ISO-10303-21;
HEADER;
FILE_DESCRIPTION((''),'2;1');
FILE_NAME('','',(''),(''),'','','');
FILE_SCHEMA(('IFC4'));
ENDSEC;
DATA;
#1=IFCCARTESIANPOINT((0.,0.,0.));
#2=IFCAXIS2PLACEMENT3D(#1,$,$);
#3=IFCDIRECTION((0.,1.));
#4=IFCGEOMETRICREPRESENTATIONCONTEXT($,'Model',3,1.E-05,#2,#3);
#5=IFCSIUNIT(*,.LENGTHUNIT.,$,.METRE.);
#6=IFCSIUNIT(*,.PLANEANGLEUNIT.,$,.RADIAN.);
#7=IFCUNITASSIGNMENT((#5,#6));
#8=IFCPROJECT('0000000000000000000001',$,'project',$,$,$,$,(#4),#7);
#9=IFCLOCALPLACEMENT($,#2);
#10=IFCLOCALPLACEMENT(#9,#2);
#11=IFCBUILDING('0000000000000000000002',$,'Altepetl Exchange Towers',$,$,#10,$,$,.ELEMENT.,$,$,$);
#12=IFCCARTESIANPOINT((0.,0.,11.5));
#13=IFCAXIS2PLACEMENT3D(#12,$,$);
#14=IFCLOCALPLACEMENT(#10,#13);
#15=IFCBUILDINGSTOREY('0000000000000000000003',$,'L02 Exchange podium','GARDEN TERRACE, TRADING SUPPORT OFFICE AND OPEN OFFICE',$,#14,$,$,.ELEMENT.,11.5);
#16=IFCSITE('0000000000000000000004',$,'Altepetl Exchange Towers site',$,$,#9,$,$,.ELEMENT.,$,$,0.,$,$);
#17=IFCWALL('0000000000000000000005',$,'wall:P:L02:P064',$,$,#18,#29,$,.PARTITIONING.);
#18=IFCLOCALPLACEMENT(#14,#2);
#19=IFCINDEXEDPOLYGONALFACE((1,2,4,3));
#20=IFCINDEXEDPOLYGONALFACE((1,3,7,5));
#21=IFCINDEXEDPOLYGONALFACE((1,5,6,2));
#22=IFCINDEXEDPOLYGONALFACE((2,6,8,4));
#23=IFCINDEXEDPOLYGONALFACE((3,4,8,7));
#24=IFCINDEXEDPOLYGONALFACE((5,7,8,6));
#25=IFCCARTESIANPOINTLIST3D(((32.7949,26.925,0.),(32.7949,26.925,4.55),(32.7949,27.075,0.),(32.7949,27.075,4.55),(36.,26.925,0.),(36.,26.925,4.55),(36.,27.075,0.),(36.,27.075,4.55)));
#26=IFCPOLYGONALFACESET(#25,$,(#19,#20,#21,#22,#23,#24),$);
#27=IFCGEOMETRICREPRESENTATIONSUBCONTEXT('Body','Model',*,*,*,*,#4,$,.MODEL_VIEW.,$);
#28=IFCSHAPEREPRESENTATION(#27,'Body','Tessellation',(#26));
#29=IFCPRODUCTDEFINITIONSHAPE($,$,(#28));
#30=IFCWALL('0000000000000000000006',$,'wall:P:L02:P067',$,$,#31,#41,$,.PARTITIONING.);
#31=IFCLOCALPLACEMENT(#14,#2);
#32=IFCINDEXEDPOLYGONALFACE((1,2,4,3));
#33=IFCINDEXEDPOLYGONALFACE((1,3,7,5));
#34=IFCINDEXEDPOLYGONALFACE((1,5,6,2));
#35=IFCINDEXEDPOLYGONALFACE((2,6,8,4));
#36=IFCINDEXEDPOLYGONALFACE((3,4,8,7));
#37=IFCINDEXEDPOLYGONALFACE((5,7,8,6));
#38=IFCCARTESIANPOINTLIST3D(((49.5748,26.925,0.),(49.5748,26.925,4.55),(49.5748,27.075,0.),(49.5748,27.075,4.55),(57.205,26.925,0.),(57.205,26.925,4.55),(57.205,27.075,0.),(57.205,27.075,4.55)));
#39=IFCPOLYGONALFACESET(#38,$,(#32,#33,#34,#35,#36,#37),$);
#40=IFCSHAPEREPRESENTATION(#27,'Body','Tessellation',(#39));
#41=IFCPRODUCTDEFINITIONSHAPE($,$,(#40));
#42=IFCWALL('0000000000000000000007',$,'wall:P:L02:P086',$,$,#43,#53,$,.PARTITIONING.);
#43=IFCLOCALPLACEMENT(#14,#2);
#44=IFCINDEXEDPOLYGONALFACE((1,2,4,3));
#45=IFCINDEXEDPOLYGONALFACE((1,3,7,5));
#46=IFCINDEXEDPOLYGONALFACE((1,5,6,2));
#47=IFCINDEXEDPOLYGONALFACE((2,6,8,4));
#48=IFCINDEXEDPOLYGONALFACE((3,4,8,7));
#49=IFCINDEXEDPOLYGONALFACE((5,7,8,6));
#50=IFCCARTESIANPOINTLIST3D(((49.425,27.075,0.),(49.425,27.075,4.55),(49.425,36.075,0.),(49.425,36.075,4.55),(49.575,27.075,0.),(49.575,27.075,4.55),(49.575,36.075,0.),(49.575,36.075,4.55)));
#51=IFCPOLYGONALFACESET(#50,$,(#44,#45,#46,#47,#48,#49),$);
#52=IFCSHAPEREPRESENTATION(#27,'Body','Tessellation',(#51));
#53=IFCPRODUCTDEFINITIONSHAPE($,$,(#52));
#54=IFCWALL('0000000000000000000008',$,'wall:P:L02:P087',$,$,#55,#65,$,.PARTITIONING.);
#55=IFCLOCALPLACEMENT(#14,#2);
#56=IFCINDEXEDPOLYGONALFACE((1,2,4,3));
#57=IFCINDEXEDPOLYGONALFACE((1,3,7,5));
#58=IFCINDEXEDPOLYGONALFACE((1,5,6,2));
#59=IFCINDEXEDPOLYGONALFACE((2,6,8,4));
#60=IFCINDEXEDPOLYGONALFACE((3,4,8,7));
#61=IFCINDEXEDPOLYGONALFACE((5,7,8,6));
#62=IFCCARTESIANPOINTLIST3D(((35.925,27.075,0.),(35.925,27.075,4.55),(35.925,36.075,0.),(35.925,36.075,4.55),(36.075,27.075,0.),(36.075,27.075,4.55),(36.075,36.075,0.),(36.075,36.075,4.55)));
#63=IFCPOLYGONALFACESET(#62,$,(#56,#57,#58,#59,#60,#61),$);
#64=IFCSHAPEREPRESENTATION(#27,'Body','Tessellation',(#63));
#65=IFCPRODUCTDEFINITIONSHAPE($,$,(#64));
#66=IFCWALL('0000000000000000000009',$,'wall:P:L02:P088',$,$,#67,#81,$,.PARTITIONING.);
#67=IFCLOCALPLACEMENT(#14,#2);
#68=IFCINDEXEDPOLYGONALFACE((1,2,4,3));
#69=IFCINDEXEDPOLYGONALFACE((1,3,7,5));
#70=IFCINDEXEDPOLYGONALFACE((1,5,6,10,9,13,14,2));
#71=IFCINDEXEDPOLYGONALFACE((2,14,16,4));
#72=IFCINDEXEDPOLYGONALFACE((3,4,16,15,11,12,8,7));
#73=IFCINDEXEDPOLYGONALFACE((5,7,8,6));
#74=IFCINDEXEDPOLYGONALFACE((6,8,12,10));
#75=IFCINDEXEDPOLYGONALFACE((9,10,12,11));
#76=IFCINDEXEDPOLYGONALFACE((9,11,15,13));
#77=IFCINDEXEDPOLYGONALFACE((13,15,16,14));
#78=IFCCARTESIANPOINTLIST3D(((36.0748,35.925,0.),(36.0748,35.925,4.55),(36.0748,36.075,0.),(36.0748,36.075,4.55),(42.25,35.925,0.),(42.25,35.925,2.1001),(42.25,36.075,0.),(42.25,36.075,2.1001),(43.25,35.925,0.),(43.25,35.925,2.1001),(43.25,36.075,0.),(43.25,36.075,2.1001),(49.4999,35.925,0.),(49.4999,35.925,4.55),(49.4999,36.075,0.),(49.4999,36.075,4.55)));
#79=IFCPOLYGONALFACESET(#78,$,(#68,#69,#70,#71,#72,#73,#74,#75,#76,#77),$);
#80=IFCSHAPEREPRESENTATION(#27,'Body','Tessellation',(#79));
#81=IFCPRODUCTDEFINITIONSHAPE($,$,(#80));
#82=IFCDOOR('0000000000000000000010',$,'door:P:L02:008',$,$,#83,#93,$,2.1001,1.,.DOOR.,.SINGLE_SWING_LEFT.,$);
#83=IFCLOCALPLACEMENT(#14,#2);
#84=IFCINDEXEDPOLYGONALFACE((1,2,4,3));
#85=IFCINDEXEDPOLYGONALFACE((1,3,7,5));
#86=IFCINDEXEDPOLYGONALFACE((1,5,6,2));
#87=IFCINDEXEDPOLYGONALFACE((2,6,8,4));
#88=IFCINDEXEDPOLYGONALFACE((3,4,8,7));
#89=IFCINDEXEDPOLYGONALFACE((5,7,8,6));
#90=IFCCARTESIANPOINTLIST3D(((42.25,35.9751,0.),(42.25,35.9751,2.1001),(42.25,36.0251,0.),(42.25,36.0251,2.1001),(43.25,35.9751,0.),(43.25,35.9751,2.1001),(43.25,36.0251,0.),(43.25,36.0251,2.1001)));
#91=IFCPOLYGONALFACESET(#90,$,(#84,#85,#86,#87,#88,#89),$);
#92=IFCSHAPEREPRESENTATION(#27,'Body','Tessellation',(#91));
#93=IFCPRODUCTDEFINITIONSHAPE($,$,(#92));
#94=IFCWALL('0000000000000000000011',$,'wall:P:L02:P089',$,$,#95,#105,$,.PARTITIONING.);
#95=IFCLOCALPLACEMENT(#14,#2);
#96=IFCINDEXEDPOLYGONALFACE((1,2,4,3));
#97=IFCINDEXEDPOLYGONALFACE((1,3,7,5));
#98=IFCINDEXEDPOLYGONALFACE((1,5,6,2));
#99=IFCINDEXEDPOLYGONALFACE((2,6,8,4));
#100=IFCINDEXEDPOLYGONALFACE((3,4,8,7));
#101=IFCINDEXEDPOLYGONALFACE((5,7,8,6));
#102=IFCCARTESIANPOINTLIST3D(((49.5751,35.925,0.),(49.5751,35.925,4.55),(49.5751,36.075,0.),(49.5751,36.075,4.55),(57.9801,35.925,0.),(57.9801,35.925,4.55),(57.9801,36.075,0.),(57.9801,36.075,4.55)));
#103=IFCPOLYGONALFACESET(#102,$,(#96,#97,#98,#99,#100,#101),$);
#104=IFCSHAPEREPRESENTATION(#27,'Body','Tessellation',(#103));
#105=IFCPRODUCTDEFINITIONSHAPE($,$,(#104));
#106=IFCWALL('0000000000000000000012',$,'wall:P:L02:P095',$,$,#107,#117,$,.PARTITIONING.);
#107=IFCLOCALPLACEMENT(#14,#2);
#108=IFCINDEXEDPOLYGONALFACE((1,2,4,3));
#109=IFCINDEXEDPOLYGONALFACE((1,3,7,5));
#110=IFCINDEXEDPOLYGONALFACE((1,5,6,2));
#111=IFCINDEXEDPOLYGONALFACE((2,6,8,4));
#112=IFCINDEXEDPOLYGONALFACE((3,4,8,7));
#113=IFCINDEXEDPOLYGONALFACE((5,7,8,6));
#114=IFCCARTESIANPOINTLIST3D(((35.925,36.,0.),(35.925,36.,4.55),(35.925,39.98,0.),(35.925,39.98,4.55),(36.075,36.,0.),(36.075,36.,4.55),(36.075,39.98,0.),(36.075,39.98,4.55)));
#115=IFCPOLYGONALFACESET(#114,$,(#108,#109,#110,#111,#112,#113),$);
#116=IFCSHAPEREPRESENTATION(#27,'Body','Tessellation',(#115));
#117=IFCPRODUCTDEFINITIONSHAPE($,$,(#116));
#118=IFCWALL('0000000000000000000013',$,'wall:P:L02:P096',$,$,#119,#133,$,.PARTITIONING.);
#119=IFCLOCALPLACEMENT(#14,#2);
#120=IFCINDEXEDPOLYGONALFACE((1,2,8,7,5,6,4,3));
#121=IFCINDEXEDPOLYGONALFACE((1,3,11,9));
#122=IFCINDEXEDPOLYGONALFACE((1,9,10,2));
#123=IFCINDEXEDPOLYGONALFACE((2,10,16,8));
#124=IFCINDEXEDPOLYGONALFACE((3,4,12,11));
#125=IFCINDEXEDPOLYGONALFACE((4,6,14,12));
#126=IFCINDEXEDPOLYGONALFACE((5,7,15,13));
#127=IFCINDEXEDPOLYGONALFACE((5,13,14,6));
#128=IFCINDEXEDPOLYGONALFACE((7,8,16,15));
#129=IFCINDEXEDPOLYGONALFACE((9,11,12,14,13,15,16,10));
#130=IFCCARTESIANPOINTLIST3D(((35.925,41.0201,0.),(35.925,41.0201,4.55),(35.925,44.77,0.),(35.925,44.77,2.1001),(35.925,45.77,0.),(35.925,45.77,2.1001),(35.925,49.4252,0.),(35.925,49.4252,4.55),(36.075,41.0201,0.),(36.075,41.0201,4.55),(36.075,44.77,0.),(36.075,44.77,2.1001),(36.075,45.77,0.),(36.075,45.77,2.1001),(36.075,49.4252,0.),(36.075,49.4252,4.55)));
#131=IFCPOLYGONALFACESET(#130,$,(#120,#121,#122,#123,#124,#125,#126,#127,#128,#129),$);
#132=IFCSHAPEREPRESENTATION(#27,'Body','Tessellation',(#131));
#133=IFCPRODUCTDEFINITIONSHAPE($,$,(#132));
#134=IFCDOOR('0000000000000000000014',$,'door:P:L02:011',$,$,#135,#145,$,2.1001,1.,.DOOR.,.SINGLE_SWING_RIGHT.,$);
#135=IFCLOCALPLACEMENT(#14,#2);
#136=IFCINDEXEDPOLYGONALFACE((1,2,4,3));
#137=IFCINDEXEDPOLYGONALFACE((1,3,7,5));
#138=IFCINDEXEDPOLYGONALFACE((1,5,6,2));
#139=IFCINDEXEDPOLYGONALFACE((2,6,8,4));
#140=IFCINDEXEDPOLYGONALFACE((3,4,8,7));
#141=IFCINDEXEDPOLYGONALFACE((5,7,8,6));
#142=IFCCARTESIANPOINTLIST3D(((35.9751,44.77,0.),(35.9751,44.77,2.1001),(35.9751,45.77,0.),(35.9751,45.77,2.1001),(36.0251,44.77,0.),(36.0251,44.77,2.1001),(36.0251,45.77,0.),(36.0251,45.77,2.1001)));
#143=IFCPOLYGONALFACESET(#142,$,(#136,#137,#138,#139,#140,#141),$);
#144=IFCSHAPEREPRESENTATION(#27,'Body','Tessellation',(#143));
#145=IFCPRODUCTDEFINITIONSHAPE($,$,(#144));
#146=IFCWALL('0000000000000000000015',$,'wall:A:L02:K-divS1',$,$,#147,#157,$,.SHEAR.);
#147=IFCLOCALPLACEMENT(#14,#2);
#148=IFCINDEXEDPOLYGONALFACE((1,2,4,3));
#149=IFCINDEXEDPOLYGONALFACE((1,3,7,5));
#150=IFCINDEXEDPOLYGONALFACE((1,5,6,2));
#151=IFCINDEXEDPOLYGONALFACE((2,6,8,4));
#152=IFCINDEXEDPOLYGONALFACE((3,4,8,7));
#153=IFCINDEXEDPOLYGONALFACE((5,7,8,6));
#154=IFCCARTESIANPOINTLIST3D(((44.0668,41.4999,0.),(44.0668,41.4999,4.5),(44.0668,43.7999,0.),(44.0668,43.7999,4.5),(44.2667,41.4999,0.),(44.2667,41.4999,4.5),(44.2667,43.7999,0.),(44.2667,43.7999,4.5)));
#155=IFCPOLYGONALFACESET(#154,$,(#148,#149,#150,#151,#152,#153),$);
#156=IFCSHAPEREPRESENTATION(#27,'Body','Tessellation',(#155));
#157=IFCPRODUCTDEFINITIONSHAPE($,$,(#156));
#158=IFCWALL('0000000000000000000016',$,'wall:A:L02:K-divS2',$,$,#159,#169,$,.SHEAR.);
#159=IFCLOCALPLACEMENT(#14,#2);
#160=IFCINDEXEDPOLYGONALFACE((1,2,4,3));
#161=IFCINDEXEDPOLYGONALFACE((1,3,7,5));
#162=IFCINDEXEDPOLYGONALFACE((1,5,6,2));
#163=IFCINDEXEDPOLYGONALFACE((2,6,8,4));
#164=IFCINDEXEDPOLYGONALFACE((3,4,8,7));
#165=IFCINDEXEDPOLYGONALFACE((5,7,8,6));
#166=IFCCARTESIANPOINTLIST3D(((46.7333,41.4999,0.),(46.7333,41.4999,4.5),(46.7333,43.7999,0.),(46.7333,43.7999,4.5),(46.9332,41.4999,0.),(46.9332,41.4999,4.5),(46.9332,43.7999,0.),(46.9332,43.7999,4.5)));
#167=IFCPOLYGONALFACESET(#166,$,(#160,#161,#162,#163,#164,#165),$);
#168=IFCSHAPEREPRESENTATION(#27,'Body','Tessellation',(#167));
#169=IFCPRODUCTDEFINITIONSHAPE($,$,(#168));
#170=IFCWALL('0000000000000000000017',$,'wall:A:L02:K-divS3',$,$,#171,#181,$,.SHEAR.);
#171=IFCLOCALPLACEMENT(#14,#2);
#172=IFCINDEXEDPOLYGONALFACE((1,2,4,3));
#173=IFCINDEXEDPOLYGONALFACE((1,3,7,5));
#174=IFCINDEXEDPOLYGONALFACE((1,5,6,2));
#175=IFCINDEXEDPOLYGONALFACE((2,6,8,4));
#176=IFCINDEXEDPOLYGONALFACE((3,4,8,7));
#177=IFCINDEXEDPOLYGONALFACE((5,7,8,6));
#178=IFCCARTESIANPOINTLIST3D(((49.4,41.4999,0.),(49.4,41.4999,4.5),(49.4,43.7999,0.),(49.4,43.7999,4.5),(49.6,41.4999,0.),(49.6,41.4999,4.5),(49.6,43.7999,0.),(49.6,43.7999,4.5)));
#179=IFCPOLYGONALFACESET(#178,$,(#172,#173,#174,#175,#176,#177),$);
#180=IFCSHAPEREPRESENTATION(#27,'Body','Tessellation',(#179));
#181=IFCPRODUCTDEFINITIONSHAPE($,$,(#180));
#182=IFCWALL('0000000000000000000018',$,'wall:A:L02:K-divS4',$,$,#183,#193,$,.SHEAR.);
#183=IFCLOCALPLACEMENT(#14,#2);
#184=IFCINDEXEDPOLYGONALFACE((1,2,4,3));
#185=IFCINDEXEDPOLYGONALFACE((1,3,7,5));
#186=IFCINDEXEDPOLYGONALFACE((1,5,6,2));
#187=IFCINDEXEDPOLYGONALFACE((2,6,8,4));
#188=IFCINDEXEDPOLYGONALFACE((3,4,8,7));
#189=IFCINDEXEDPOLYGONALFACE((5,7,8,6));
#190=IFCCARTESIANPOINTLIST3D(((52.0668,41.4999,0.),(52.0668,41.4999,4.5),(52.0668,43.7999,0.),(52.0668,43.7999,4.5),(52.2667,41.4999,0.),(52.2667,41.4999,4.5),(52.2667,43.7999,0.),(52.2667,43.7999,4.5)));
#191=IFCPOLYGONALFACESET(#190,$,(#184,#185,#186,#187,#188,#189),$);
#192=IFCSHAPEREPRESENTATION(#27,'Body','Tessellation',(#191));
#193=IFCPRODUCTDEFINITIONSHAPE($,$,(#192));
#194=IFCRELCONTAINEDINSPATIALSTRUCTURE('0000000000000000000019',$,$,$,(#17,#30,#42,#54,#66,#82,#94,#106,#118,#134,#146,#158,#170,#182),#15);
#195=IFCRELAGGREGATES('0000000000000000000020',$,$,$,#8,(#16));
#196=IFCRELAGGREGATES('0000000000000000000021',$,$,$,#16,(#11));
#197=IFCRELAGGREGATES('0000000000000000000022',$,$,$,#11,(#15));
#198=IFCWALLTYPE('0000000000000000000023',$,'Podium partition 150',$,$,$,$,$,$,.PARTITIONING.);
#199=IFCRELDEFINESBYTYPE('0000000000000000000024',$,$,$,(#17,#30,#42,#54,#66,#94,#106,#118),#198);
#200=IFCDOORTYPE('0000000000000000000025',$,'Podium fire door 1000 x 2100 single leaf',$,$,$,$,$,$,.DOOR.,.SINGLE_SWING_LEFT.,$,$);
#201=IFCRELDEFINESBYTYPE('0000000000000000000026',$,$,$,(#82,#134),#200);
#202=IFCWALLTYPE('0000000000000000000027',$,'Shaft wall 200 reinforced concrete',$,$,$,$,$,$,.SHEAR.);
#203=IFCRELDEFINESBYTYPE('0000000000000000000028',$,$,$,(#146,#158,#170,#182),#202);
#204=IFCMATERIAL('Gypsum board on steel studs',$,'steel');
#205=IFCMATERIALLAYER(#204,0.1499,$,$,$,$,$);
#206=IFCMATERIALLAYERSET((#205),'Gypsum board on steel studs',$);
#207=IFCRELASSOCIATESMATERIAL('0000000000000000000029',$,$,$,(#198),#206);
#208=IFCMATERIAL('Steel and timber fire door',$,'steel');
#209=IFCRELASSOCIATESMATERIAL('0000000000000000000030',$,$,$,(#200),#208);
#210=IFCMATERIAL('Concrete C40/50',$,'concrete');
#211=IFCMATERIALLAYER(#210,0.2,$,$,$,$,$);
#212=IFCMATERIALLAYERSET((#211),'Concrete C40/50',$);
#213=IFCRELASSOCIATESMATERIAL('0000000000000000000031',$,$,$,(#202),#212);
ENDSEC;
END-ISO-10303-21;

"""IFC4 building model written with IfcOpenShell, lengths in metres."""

from ifc_helpers import new_model, si_unit, direction, frame, frame_2d, origin, place, context, subcontext, project, spatial, rectangle, extrude, material, layer, layer_set, type_object, element, fill, save


model = new_model("IFC4")

# Units and contexts
model_context = context("Model", 3, precision=1e-05, world=origin(), true_north=direction((0.0, 1.0)))
body_context = subcontext(model_context, "Body", "Model", "MODEL_VIEW")
ifc_project = project(units=[si_unit("LENGTHUNIT", "METRE"), si_unit("PLANEANGLEUNIT", "RADIAN")], contexts=[model_context])

# Site, building, storey
site_placement = place(None, origin())
site = spatial("IfcSite", under=ifc_project, at=site_placement, Name="Altepetl Exchange Towers site", CompositionType="ELEMENT", RefElevation=0.0)
building_placement = place(site_placement, origin())
building = spatial("IfcBuilding", under=site, at=building_placement, Name="Altepetl Exchange Towers", CompositionType="ELEMENT")
storey_placement = place(building_placement, frame((0.0, 0.0, 11.5)))
storey = spatial("IfcBuildingStorey", under=building, at=storey_placement, Name="L02 Exchange podium", Description="GARDEN TERRACE, TRADING SUPPORT OFFICE AND OPEN OFFICE", CompositionType="ELEMENT", Elevation=11.5)

# Shared definitions
ifc_material_1 = material(Name="Steel and timber fire door", Category="steel")

# Walls
ifc_material_2 = material(Name="Gypsum board on steel studs", Category="steel")
ifc_layer_1 = layer(ifc_material_2, 0.1499)
ifc_layer_set_1 = layer_set([ifc_layer_1], Name="Gypsum board on steel studs")
wall_type_1 = type_object("IfcWallType", Name="Podium partition 150", PredefinedType="PARTITIONING", material=ifc_layer_set_1)
wall_1_placement = place(storey_placement, frame((32.7949, 27.0, 0.0)))
element("IfcWall", 1, at=wall_1_placement, inside=storey, type_object=wall_type_1, Name="wall:P:L02:P064", PredefinedType="PARTITIONING", context=body_context, shape_type="SweptSolid", body=[
    extrude(rectangle(XDim=3.2051, YDim=0.1499, at=frame_2d((1.6025, 0.0))), origin(), (0.0, 0.0, 1.0), 4.55),
])
wall_2_placement = place(storey_placement, frame((49.575, 27.0, 0.0)))
element("IfcWall", 2, at=wall_2_placement, inside=storey, type_object=wall_type_1, Name="wall:P:L02:P067", PredefinedType="PARTITIONING", context=body_context, shape_type="SweptSolid", body=[
    extrude(rectangle(XDim=7.6301, YDim=0.1499, at=frame_2d((3.8149, 0.0))), origin(), (0.0, 0.0, 1.0), 4.55),
])
for number, where, z_axis, x_axis, name in (
    (3, (49.5, 27.075, 0.0), (0.0, 0.0, 1.0), (0.0, 1.0, 0.0), "wall:P:L02:P086"),
    (4, (36.0, 27.075, 0.0), (0.0, 0.0, 1.0), (0.0, 1.0, 0.0), "wall:P:L02:P087"),
):
    element("IfcWall", number, at=place(storey_placement, frame(where, z_axis=z_axis, x_axis=x_axis)), inside=storey, type_object=wall_type_1, Name=name, PredefinedType="PARTITIONING", context=body_context, shape_type="SweptSolid", body=[
        extrude(rectangle(XDim=9.0, YDim=0.1499, at=frame_2d((4.5, 0.0))), origin(), (0.0, 0.0, 1.0), 4.55),
    ])

# Wall, opening, door
wall_3_placement = place(storey_placement, frame((36.075, 36.0, 0.0)))
wall_3 = element("IfcWall", 5, at=wall_3_placement, inside=storey, type_object=wall_type_1, Name="wall:P:L02:P088", PredefinedType="PARTITIONING", context=body_context, shape_type="SweptSolid", body=[
    extrude(rectangle(XDim=13.425, YDim=0.1499, at=frame_2d((6.7124, 0.0))), origin(), (0.0, 0.0, 1.0), 4.55),
])
opening_1_placement = place(wall_3_placement, frame((6.175, 0.0, 0.0)))
opening_1 = element("IfcOpeningElement", 6, at=opening_1_placement, cuts=wall_3, PredefinedType="OPENING", context=body_context, shape_type="SweptSolid", body=[
    extrude(rectangle(XDim=1.0, YDim=2.1001, at=frame_2d((0.5, 1.05))), frame((0.0, 0.085, 0.0), z_axis=(0.0, -1.0, 0.0), x_axis=(1.0, 0.0, 0.0)), (0.0, 0.0, 1.0), 0.1699),
])
door_type_1 = type_object("IfcDoorType", Name="Podium fire door 1000 x 2100 single leaf", OperationType="SINGLE_SWING_LEFT", PredefinedType="DOOR", material=ifc_material_1)
door_1_placement = place(opening_1_placement, frame((1.0, 0.0, 0.0), x_axis=(-1.0, 0.0, 0.0)))
door_1 = element("IfcDoor", 7, at=door_1_placement, inside=storey, type_object=door_type_1, Name="door:P:L02:008", OperationType="SINGLE_SWING_LEFT", OverallHeight=2.1001, OverallWidth=1.0, PredefinedType="DOOR", context=body_context, shape_type="SweptSolid", body=[
    extrude(rectangle(XDim=1.0, YDim=2.1001, at=frame_2d((0.5, 1.05))), frame((0.0, 0.0249, 0.0), z_axis=(0.0, -1.0, 0.0), x_axis=(1.0, 0.0, 0.0)), (0.0, 0.0, 1.0), 0.05),
])
fill(opening_1, door_1)

# Walls
wall_4_placement = place(storey_placement, frame((49.575, 36.0, 0.0)))
element("IfcWall", 8, at=wall_4_placement, inside=storey, type_object=wall_type_1, Name="wall:P:L02:P089", PredefinedType="PARTITIONING", context=body_context, shape_type="SweptSolid", body=[
    extrude(rectangle(XDim=8.405, YDim=0.1499, at=frame_2d((4.2026, 0.0))), origin(), (0.0, 0.0, 1.0), 4.55),
])
wall_5_placement = place(storey_placement, frame((36.0, 36.0, 0.0), z_axis=(0.0, 0.0, 1.0), x_axis=(0.0, 1.0, 0.0)))
element("IfcWall", 9, at=wall_5_placement, inside=storey, type_object=wall_type_1, Name="wall:P:L02:P095", PredefinedType="PARTITIONING", context=body_context, shape_type="SweptSolid", body=[
    extrude(rectangle(XDim=3.98, YDim=0.1499, at=frame_2d((1.99, 0.0))), origin(), (0.0, 0.0, 1.0), 4.55),
])

# Wall, opening, door
wall_6_placement = place(storey_placement, frame((36.0, 41.02, 0.0), z_axis=(0.0, 0.0, 1.0), x_axis=(0.0, 1.0, 0.0)))
wall_6 = element("IfcWall", 10, at=wall_6_placement, inside=storey, type_object=wall_type_1, Name="wall:P:L02:P096", PredefinedType="PARTITIONING", context=body_context, shape_type="SweptSolid", body=[
    extrude(rectangle(XDim=8.405, YDim=0.1499, at=frame_2d((4.2026, 0.0))), origin(), (0.0, 0.0, 1.0), 4.55),
])
opening_2_placement = place(wall_6_placement, frame((3.75, 0.0, 0.0)))
opening_2 = element("IfcOpeningElement", 11, at=opening_2_placement, cuts=wall_6, PredefinedType="OPENING", context=body_context, shape_type="SweptSolid", body=[
    extrude(rectangle(XDim=1.0, YDim=2.1001, at=frame_2d((0.5, 1.05))), frame((0.0, 0.085, 0.0), z_axis=(0.0, -1.0, 0.0), x_axis=(1.0, 0.0, 0.0)), (0.0, 0.0, 1.0), 0.1699),
])
door_2_placement = place(opening_2_placement, origin())
door_2 = element("IfcDoor", 12, at=door_2_placement, inside=storey, type_object=door_type_1, Name="door:P:L02:011", OperationType="SINGLE_SWING_RIGHT", OverallHeight=2.1001, OverallWidth=1.0, PredefinedType="DOOR", context=body_context, shape_type="SweptSolid", body=[
    extrude(rectangle(XDim=1.0, YDim=2.1001, at=frame_2d((0.5, 1.05))), frame((0.0, 0.0249, 0.0), z_axis=(0.0, -1.0, 0.0), x_axis=(1.0, 0.0, 0.0)), (0.0, 0.0, 1.0), 0.05),
])
fill(opening_2, door_2)

# Walls
ifc_material_3 = material(Name="Concrete C40/50", Category="concrete")
ifc_layer_2 = layer(ifc_material_3, 0.2)
ifc_layer_set_2 = layer_set([ifc_layer_2], Name="Concrete C40/50")
wall_type_2 = type_object("IfcWallType", Name="Shaft wall 200 reinforced concrete", PredefinedType="SHEAR", material=ifc_layer_set_2)
for number, where, z_axis, x_axis, name in (
    (13, (44.1667, 41.5, 0.0), (0.0, 0.0, 1.0), (0.0, 1.0, 0.0), "wall:A:L02:K-divS1"),
    (14, (46.8333, 41.5, 0.0), (0.0, 0.0, 1.0), (0.0, 1.0, 0.0), "wall:A:L02:K-divS2"),
    (15, (49.5, 41.5, 0.0), (0.0, 0.0, 1.0), (0.0, 1.0, 0.0), "wall:A:L02:K-divS3"),
    (16, (52.1667, 41.5, 0.0), (0.0, 0.0, 1.0), (0.0, 1.0, 0.0), "wall:A:L02:K-divS4"),
):
    element("IfcWall", number, at=place(storey_placement, frame(where, z_axis=z_axis, x_axis=x_axis)), inside=storey, type_object=wall_type_2, Name=name, PredefinedType="SHEAR", context=body_context, shape_type="SweptSolid", body=[
        extrude(rectangle(XDim=2.3, YDim=0.2, at=frame_2d((1.1499, 0.0))), origin(), (0.0, 0.0, 1.0), 4.5),
    ])

save(model, "model.ifc")
